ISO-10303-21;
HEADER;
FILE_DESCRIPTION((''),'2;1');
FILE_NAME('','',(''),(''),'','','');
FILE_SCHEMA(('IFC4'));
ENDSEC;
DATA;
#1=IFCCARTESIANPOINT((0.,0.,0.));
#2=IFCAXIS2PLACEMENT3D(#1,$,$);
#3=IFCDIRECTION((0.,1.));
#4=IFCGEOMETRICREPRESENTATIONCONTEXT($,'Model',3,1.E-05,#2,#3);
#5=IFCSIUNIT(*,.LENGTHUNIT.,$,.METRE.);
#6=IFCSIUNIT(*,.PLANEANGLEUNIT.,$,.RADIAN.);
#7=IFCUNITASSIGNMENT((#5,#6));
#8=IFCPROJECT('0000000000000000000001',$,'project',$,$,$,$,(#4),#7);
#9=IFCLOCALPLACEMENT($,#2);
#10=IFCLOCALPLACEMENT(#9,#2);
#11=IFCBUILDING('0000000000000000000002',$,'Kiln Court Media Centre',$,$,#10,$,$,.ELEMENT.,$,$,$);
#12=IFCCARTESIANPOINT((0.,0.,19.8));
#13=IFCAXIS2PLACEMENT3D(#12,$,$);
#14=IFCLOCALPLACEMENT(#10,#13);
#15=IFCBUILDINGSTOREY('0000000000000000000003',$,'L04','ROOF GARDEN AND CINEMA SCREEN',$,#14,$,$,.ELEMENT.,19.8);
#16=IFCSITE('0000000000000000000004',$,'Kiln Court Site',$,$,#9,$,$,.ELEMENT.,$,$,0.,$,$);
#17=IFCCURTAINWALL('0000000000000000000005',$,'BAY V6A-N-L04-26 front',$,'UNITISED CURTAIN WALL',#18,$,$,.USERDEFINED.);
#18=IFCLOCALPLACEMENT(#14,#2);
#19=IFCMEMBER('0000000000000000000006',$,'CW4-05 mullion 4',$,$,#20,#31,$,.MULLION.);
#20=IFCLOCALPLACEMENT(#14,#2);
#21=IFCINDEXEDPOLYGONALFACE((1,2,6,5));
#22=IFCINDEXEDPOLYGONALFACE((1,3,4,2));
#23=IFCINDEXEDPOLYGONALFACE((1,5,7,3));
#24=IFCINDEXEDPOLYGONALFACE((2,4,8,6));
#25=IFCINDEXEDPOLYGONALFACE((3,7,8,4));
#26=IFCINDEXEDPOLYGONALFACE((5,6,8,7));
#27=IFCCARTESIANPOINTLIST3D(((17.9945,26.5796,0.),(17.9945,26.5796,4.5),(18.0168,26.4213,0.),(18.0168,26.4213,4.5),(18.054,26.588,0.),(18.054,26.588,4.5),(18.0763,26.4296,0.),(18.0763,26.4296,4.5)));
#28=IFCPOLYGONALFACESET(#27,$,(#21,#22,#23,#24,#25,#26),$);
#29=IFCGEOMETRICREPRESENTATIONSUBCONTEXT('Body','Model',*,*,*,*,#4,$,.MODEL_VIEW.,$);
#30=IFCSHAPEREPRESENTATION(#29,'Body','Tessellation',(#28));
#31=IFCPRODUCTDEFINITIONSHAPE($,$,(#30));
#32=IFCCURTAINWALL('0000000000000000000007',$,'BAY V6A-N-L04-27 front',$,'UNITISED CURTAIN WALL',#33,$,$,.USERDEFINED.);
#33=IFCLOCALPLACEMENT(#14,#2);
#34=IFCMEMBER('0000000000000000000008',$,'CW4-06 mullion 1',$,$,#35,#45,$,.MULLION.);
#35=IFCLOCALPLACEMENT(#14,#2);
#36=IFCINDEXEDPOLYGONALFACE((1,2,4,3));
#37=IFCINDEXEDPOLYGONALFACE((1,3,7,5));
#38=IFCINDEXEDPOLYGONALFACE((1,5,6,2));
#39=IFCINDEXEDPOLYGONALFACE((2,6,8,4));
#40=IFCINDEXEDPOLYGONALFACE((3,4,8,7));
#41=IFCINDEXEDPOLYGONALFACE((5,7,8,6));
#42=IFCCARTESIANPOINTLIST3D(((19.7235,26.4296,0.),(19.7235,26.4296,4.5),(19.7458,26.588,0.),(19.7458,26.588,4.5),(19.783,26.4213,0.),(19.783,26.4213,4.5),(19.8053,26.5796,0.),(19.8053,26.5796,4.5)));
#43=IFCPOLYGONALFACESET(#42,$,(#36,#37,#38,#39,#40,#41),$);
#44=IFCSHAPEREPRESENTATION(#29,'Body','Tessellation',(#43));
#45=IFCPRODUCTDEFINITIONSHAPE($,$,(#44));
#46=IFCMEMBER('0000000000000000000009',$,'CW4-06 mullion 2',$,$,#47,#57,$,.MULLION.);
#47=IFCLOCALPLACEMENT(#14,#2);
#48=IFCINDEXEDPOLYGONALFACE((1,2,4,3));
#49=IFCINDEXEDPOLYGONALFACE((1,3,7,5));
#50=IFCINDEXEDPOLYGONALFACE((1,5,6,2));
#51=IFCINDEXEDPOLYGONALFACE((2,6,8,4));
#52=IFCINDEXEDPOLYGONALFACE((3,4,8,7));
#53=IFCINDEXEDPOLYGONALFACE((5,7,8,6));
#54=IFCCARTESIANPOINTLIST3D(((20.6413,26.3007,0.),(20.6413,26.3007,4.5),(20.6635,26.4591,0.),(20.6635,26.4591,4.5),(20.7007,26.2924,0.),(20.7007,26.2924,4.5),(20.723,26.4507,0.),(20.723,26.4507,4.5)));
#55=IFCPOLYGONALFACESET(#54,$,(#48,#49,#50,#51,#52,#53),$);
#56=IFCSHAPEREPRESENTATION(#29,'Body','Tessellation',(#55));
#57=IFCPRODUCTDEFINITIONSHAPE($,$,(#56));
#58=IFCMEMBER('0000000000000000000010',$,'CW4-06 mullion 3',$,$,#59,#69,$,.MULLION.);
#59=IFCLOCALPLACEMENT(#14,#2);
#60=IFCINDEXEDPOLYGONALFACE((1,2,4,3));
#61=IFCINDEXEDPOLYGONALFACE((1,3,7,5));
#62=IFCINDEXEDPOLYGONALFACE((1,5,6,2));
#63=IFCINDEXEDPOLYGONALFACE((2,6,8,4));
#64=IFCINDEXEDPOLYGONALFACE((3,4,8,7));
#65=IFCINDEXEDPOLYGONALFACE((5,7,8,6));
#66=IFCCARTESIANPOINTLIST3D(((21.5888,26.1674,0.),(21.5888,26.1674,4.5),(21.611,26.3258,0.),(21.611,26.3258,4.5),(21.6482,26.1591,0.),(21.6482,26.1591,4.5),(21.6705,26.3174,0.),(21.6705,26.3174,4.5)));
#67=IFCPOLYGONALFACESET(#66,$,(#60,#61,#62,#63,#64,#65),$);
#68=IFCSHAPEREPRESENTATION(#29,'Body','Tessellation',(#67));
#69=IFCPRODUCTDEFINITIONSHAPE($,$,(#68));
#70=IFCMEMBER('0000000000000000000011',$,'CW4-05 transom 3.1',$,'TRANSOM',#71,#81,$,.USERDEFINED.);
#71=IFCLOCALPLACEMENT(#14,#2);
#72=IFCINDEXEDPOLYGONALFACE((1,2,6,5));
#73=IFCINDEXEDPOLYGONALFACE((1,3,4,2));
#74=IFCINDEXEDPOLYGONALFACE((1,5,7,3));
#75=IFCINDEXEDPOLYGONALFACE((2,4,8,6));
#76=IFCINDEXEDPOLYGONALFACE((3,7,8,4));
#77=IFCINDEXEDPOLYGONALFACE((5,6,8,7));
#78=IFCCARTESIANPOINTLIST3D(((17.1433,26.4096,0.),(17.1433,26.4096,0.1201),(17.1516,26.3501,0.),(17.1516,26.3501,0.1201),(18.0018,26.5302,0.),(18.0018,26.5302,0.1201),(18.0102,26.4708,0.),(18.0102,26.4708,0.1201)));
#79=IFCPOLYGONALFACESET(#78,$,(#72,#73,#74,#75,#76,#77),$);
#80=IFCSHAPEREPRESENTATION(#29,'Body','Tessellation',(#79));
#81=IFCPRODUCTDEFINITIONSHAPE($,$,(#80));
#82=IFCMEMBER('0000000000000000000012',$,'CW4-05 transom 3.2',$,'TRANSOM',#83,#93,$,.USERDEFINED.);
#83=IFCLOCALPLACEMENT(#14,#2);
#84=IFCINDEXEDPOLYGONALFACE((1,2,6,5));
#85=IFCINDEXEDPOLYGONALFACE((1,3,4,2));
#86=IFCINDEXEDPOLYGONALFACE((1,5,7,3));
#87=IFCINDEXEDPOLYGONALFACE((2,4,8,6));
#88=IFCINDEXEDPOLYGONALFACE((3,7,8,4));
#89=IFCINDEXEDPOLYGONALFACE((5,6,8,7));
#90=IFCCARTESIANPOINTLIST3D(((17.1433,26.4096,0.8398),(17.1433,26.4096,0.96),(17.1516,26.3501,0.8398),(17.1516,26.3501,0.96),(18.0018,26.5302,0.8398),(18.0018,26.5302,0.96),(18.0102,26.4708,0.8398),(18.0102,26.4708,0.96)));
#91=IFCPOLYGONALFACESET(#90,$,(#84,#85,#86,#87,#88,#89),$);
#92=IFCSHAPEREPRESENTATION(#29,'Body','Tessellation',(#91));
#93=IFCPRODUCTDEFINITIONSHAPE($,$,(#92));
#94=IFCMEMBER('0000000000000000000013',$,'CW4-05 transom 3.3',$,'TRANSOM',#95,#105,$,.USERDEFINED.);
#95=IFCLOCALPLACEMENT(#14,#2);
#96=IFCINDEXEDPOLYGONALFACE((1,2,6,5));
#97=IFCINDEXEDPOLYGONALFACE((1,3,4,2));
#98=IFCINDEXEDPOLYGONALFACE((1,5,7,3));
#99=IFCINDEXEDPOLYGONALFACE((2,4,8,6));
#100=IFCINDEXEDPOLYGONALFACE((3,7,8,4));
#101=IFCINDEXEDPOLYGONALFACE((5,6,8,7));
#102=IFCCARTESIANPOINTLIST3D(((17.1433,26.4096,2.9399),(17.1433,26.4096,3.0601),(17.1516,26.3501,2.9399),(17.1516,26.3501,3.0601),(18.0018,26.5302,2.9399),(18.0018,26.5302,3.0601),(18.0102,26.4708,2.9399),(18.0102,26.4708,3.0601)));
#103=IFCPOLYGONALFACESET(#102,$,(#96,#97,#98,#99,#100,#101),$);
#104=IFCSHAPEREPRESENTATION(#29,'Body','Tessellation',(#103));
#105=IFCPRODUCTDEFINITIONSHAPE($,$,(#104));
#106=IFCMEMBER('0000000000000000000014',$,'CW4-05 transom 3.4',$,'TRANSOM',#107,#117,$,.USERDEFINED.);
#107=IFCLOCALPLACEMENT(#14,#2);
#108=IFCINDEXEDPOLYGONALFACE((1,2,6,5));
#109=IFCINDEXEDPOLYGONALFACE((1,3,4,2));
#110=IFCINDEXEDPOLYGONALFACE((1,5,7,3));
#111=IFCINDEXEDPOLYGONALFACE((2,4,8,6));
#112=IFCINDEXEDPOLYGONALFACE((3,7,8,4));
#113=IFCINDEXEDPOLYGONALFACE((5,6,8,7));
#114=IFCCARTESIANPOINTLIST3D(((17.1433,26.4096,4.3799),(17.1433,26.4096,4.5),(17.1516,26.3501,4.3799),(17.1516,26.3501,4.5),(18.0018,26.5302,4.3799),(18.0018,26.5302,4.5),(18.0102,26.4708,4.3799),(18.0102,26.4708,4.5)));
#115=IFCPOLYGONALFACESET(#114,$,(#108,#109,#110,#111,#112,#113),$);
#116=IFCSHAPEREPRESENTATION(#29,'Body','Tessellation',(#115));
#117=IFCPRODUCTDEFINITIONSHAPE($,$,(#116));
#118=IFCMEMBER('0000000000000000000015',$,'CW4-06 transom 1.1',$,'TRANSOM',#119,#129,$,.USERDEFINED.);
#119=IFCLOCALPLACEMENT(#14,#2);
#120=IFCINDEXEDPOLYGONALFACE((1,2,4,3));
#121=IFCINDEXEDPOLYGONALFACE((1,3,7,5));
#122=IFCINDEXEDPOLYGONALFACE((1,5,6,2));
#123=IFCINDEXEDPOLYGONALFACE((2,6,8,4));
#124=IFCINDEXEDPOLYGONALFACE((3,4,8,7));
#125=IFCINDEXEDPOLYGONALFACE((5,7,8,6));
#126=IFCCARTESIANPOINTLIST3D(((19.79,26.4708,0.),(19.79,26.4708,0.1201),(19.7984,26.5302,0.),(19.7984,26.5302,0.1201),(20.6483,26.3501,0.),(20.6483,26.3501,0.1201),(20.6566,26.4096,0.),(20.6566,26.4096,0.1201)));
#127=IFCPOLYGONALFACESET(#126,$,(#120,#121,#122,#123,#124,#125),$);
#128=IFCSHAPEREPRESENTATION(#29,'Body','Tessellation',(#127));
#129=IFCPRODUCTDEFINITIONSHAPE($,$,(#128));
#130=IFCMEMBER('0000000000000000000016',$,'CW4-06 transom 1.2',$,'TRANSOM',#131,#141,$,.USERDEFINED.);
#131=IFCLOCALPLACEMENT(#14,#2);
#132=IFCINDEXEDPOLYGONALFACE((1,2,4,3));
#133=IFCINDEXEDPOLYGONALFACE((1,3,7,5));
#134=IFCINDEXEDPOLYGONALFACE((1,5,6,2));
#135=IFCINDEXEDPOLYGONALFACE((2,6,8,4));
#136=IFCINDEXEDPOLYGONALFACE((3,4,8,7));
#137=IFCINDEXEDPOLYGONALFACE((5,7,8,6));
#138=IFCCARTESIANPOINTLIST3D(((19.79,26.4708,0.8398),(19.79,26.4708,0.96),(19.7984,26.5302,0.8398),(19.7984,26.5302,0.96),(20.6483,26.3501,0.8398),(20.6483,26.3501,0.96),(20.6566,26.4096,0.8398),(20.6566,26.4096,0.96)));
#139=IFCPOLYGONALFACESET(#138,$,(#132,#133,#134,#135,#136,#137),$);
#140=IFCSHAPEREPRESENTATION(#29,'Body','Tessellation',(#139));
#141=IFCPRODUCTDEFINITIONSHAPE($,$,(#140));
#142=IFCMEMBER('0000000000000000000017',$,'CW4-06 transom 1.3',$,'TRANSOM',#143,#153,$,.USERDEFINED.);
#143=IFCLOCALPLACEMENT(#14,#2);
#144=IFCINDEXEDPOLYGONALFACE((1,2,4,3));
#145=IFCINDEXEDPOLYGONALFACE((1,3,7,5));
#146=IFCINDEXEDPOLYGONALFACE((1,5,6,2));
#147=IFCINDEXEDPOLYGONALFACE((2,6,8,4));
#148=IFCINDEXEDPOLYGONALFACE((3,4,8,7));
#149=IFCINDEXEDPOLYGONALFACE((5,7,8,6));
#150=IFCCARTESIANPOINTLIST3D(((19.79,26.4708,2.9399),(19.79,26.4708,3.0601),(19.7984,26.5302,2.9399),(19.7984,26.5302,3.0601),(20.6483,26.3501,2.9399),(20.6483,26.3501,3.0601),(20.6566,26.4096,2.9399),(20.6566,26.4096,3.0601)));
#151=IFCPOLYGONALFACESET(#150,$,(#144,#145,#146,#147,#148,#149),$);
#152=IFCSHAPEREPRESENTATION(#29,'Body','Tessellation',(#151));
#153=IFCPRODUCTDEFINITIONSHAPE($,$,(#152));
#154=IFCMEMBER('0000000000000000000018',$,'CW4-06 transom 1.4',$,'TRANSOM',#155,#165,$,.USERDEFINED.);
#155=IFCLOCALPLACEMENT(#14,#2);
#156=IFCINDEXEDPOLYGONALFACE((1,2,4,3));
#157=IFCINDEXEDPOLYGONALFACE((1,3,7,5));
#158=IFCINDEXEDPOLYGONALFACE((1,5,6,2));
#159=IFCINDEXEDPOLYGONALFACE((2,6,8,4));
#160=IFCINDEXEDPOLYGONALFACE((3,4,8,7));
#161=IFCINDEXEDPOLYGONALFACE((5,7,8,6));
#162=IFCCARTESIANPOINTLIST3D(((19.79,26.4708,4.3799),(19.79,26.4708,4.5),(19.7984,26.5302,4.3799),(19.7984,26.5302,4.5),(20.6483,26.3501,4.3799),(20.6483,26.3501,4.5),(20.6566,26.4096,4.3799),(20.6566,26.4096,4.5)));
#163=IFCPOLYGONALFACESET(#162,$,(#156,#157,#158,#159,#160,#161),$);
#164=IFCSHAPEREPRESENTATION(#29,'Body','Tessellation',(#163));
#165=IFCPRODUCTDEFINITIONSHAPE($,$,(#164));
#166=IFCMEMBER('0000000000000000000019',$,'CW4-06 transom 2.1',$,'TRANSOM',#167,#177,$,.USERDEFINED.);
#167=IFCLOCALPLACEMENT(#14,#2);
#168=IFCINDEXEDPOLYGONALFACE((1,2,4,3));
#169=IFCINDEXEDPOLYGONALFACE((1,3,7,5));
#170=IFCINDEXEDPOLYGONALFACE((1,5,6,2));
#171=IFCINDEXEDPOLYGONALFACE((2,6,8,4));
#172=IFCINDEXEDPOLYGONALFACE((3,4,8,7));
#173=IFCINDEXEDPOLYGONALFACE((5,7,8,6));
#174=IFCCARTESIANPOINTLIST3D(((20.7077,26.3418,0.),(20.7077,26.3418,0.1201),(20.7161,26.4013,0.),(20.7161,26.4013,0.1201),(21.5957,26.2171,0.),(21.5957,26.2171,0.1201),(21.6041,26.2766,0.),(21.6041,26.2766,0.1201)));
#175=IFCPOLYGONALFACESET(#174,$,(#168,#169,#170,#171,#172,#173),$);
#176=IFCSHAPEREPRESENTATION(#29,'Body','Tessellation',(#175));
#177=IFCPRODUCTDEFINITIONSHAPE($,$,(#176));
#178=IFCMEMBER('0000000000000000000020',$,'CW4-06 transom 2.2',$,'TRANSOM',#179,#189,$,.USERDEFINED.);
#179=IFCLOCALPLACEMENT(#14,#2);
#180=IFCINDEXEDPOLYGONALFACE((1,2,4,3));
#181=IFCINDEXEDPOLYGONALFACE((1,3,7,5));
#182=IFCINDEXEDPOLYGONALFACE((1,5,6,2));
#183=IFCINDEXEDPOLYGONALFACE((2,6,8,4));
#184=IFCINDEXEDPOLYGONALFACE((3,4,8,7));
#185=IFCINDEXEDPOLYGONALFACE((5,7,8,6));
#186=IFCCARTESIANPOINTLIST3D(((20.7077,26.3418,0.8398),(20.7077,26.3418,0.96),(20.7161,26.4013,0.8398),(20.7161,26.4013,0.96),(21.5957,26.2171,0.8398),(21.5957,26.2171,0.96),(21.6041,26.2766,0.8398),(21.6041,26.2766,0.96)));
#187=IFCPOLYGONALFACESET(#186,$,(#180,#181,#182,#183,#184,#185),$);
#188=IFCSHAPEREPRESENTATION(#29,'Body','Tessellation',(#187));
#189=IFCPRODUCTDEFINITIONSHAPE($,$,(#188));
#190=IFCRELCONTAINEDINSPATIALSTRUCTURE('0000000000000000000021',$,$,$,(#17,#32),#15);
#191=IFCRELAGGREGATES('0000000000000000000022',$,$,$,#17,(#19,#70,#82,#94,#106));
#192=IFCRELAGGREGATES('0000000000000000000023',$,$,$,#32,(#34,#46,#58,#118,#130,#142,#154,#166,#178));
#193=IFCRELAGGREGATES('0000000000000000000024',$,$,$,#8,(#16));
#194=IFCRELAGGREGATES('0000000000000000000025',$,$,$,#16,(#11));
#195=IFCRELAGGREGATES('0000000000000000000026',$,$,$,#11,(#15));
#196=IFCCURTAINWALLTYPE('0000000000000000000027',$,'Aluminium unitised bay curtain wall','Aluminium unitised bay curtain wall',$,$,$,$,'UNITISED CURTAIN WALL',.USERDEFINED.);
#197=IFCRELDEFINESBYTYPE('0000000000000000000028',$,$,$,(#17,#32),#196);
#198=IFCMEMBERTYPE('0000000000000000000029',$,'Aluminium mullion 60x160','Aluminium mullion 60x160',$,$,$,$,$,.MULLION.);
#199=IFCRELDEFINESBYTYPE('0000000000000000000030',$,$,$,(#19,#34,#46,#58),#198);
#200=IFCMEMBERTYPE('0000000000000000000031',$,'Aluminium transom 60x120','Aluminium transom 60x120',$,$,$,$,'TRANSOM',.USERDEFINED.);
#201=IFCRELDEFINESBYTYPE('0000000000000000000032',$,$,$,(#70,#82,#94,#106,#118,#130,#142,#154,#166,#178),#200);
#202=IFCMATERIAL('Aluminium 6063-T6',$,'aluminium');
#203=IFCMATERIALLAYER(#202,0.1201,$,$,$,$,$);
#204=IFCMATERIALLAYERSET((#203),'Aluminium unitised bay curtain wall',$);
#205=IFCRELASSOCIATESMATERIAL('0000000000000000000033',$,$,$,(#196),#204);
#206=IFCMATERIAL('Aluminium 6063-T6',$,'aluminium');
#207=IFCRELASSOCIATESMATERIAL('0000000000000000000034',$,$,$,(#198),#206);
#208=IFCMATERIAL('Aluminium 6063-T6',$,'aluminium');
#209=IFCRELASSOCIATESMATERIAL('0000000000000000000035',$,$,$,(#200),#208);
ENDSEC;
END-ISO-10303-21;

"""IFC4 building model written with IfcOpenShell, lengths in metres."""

from ifc_helpers import new_model, si_unit, direction, frame, origin, origin_2d, place, context, subcontext, project, spatial, rectangle, extrude, material, layer, layer_set, material_profile, profile_set, type_object, element, aggregate, save


model = new_model("IFC4")

# Units and contexts
model_context = context("Model", 3, precision=1e-05, world=origin(), true_north=direction((0.0, 1.0)))
body_context = subcontext(model_context, "Body", "Model", "MODEL_VIEW")
ifc_project = project(units=[si_unit("LENGTHUNIT", "METRE"), si_unit("PLANEANGLEUNIT", "RADIAN")], contexts=[model_context])

# Site, building, storey
site_placement = place(None, origin())
site = spatial("IfcSite", under=ifc_project, at=site_placement, Name="Kiln Court Site", CompositionType="ELEMENT", RefElevation=0.0)
building_placement = place(site_placement, origin())
building = spatial("IfcBuilding", under=site, at=building_placement, Name="Kiln Court Media Centre", CompositionType="ELEMENT")
storey_placement = place(building_placement, frame((0.0, 0.0, 19.8)))
storey = spatial("IfcBuildingStorey", under=building, at=storey_placement, Name="L04", Description="ROOF GARDEN AND CINEMA SCREEN", CompositionType="ELEMENT", Elevation=19.8)

# Curtain wall, member
ifc_material_1 = material(Name="Aluminium 6063-T6", Category="aluminium")
ifc_layer_1 = layer(ifc_material_1, 0.1201)
ifc_layer_set_1 = layer_set([ifc_layer_1], Name="Aluminium unitised bay curtain wall")
curtain_wall_type = type_object("IfcCurtainWallType", Name="Aluminium unitised bay curtain wall", Description="Aluminium unitised bay curtain wall", ElementType="UNITISED CURTAIN WALL", PredefinedType="USERDEFINED", material=ifc_layer_set_1)
curtain_wall_1_placement = place(storey_placement, origin())
curtain_wall_1 = element("IfcCurtainWall", 1, at=curtain_wall_1_placement, inside=storey, type_object=curtain_wall_type, Name="BAY V6A-N-L04-26 front", ObjectType="UNITISED CURTAIN WALL", PredefinedType="USERDEFINED")
ifc_material_2 = material(Name="Aluminium 6063-T6", Category="aluminium")
ifc_material_profile_1 = material_profile(ifc_material_2, rectangle(XDim=0.0601, YDim=0.1599, at=origin_2d()), Name="Aluminium mullion 60x160")
ifc_profile_set_1 = profile_set([ifc_material_profile_1], Name="Aluminium 6063-T6")
member_type_1 = type_object("IfcMemberType", Name="Aluminium mullion 60x160", Description="Aluminium mullion 60x160", PredefinedType="MULLION", material=ifc_profile_set_1)
member_1_placement = place(storey_placement, frame((18.0354, 26.5046, 0.0), z_axis=(0.0, 0.0, 1.0), x_axis=(0.99027, 0.139162, 0.0)))
member_1 = element("IfcMember", 2, at=member_1_placement, type_object=member_type_1, Name="CW4-05 mullion 4", PredefinedType="MULLION", context=body_context, shape_type="SweptSolid", body=[
    extrude(rectangle(XDim=0.0601, YDim=0.1599, at=origin_2d()), origin(), (0.0, 0.0, 1.0), 4.5),
])

# Curtain wall, members
curtain_wall_2_placement = place(storey_placement, origin())
curtain_wall_2 = element("IfcCurtainWall", 3, at=curtain_wall_2_placement, inside=storey, type_object=curtain_wall_type, Name="BAY V6A-N-L04-27 front", ObjectType="UNITISED CURTAIN WALL", PredefinedType="USERDEFINED")
member_2_placement = place(storey_placement, frame((19.7644, 26.5046, 0.0), z_axis=(0.0, 0.0, 1.0), x_axis=(0.99027, -0.139162, 0.0)))
member_2 = element("IfcMember", 4, at=member_2_placement, type_object=member_type_1, Name="CW4-06 mullion 1", PredefinedType="MULLION", context=body_context, shape_type="SweptSolid", body=[
    extrude(rectangle(XDim=0.0601, YDim=0.1599, at=origin_2d()), origin(), (0.0, 0.0, 1.0), 4.5),
])
member_3_placement = place(storey_placement, frame((20.6821, 26.3757, 0.0), z_axis=(0.0, 0.0, 1.0), x_axis=(0.99027, -0.139162, 0.0)))
member_3 = element("IfcMember", 5, at=member_3_placement, type_object=member_type_1, Name="CW4-06 mullion 2", PredefinedType="MULLION", context=body_context, shape_type="SweptSolid", body=[
    extrude(rectangle(XDim=0.0601, YDim=0.1599, at=origin_2d()), origin(), (0.0, 0.0, 1.0), 4.5),
])
member_4_placement = place(storey_placement, frame((21.6296, 26.2424, 0.0), z_axis=(0.0, 0.0, 1.0), x_axis=(0.99027, -0.139162, 0.0)))
member_4 = element("IfcMember", 6, at=member_4_placement, type_object=member_type_1, Name="CW4-06 mullion 3", PredefinedType="MULLION", context=body_context, shape_type="SweptSolid", body=[
    extrude(rectangle(XDim=0.0601, YDim=0.1599, at=origin_2d()), origin(), (0.0, 0.0, 1.0), 4.5),
])

# Members
ifc_material_3 = material(Name="Aluminium 6063-T6", Category="aluminium")
ifc_material_profile_2 = material_profile(ifc_material_3, rectangle(XDim=0.0601, YDim=0.1201, at=origin_2d()), Name="Aluminium transom 60x120")
ifc_profile_set_2 = profile_set([ifc_material_profile_2], Name="Aluminium 6063-T6")
member_type_2 = type_object("IfcMemberType", Name="Aluminium transom 60x120", Description="Aluminium transom 60x120", ElementType="TRANSOM", PredefinedType="USERDEFINED", material=ifc_profile_set_2)
member_5_placement = place(storey_placement, frame((17.1475, 26.3799, 0.0601), z_axis=(0.990274, 0.139134, 0.0), x_axis=(-0.139134, 0.990274, 0.0)))
member_5 = element("IfcMember", 7, at=member_5_placement, type_object=member_type_2, Name="CW4-05 transom 3.1", ObjectType="TRANSOM", PredefinedType="USERDEFINED", context=body_context, shape_type="SweptSolid", body=[
    extrude(rectangle(XDim=0.0601, YDim=0.1201, at=origin_2d()), origin(), (0.0, 0.0, 1.0), 0.8669),
])
member_6_placement = place(storey_placement, frame((17.1475, 26.3799, 0.8999), z_axis=(0.990274, 0.139134, 0.0), x_axis=(-0.139134, 0.990274, 0.0)))
member_6 = element("IfcMember", 8, at=member_6_placement, type_object=member_type_2, Name="CW4-05 transom 3.2", ObjectType="TRANSOM", PredefinedType="USERDEFINED", context=body_context, shape_type="SweptSolid", body=[
    extrude(rectangle(XDim=0.0601, YDim=0.1201, at=origin_2d()), origin(), (0.0, 0.0, 1.0), 0.8669),
])
member_7_placement = place(storey_placement, frame((17.1475, 26.3799, 3.0), z_axis=(0.990274, 0.139134, 0.0), x_axis=(-0.139134, 0.990274, 0.0)))
member_7 = element("IfcMember", 9, at=member_7_placement, type_object=member_type_2, Name="CW4-05 transom 3.3", ObjectType="TRANSOM", PredefinedType="USERDEFINED", context=body_context, shape_type="SweptSolid", body=[
    extrude(rectangle(XDim=0.0601, YDim=0.1201, at=origin_2d()), origin(), (0.0, 0.0, 1.0), 0.8669),
])
member_8_placement = place(storey_placement, frame((17.1475, 26.3799, 4.4399), z_axis=(0.990274, 0.139134, 0.0), x_axis=(-0.139134, 0.990274, 0.0)))
member_8 = element("IfcMember", 10, at=member_8_placement, type_object=member_type_2, Name="CW4-05 transom 3.4", ObjectType="TRANSOM", PredefinedType="USERDEFINED", context=body_context, shape_type="SweptSolid", body=[
    extrude(rectangle(XDim=0.0601, YDim=0.1201, at=origin_2d()), origin(), (0.0, 0.0, 1.0), 0.8669),
])
member_9_placement = place(storey_placement, frame((19.7942, 26.5005, 0.0601), z_axis=(0.990268, -0.139173, 0.0), x_axis=(0.139173, 0.990268, 0.0)))
member_9 = element("IfcMember", 11, at=member_9_placement, type_object=member_type_2, Name="CW4-06 transom 1.1", ObjectType="TRANSOM", PredefinedType="USERDEFINED", context=body_context, shape_type="SweptSolid", body=[
    extrude(rectangle(XDim=0.0601, YDim=0.1201, at=origin_2d()), origin(), (0.0, 0.0, 1.0), 0.8667),
])
member_10_placement = place(storey_placement, frame((19.7942, 26.5005, 0.8999), z_axis=(0.990268, -0.139173, 0.0), x_axis=(0.139173, 0.990268, 0.0)))
member_10 = element("IfcMember", 12, at=member_10_placement, type_object=member_type_2, Name="CW4-06 transom 1.2", ObjectType="TRANSOM", PredefinedType="USERDEFINED", context=body_context, shape_type="SweptSolid", body=[
    extrude(rectangle(XDim=0.0601, YDim=0.1201, at=origin_2d()), origin(), (0.0, 0.0, 1.0), 0.8667),
])
member_11_placement = place(storey_placement, frame((19.7942, 26.5005, 3.0), z_axis=(0.990268, -0.139173, 0.0), x_axis=(0.139173, 0.990268, 0.0)))
member_11 = element("IfcMember", 13, at=member_11_placement, type_object=member_type_2, Name="CW4-06 transom 1.3", ObjectType="TRANSOM", PredefinedType="USERDEFINED", context=body_context, shape_type="SweptSolid", body=[
    extrude(rectangle(XDim=0.0601, YDim=0.1201, at=origin_2d()), origin(), (0.0, 0.0, 1.0), 0.8667),
])
member_12_placement = place(storey_placement, frame((19.7942, 26.5005, 4.4399), z_axis=(0.990268, -0.139173, 0.0), x_axis=(0.139173, 0.990268, 0.0)))
member_12 = element("IfcMember", 14, at=member_12_placement, type_object=member_type_2, Name="CW4-06 transom 1.4", ObjectType="TRANSOM", PredefinedType="USERDEFINED", context=body_context, shape_type="SweptSolid", body=[
    extrude(rectangle(XDim=0.0601, YDim=0.1201, at=origin_2d()), origin(), (0.0, 0.0, 1.0), 0.8667),
])
member_13_placement = place(storey_placement, frame((20.7119, 26.3716, 0.0601), z_axis=(0.990274, -0.139134, 0.0), x_axis=(0.139134, 0.990274, 0.0)))
member_13 = element("IfcMember", 15, at=member_13_placement, type_object=member_type_2, Name="CW4-06 transom 2.1", ObjectType="TRANSOM", PredefinedType="USERDEFINED", context=body_context, shape_type="SweptSolid", body=[
    extrude(rectangle(XDim=0.0601, YDim=0.1201, at=origin_2d()), origin(), (0.0, 0.0, 1.0), 0.8967),
])
member_14_placement = place(storey_placement, frame((20.7119, 26.3716, 0.8999), z_axis=(0.990274, -0.139134, 0.0), x_axis=(0.139134, 0.990274, 0.0)))
member_14 = element("IfcMember", 16, at=member_14_placement, type_object=member_type_2, Name="CW4-06 transom 2.2", ObjectType="TRANSOM", PredefinedType="USERDEFINED", context=body_context, shape_type="SweptSolid", body=[
    extrude(rectangle(XDim=0.0601, YDim=0.1201, at=origin_2d()), origin(), (0.0, 0.0, 1.0), 0.8967),
])

aggregate(curtain_wall_1, [member_1, member_5, member_6, member_7, member_8])
aggregate(curtain_wall_2, [member_2, member_3, member_4, member_9, member_10, member_11, member_12, member_13, member_14])

save(model, "model.ifc")
